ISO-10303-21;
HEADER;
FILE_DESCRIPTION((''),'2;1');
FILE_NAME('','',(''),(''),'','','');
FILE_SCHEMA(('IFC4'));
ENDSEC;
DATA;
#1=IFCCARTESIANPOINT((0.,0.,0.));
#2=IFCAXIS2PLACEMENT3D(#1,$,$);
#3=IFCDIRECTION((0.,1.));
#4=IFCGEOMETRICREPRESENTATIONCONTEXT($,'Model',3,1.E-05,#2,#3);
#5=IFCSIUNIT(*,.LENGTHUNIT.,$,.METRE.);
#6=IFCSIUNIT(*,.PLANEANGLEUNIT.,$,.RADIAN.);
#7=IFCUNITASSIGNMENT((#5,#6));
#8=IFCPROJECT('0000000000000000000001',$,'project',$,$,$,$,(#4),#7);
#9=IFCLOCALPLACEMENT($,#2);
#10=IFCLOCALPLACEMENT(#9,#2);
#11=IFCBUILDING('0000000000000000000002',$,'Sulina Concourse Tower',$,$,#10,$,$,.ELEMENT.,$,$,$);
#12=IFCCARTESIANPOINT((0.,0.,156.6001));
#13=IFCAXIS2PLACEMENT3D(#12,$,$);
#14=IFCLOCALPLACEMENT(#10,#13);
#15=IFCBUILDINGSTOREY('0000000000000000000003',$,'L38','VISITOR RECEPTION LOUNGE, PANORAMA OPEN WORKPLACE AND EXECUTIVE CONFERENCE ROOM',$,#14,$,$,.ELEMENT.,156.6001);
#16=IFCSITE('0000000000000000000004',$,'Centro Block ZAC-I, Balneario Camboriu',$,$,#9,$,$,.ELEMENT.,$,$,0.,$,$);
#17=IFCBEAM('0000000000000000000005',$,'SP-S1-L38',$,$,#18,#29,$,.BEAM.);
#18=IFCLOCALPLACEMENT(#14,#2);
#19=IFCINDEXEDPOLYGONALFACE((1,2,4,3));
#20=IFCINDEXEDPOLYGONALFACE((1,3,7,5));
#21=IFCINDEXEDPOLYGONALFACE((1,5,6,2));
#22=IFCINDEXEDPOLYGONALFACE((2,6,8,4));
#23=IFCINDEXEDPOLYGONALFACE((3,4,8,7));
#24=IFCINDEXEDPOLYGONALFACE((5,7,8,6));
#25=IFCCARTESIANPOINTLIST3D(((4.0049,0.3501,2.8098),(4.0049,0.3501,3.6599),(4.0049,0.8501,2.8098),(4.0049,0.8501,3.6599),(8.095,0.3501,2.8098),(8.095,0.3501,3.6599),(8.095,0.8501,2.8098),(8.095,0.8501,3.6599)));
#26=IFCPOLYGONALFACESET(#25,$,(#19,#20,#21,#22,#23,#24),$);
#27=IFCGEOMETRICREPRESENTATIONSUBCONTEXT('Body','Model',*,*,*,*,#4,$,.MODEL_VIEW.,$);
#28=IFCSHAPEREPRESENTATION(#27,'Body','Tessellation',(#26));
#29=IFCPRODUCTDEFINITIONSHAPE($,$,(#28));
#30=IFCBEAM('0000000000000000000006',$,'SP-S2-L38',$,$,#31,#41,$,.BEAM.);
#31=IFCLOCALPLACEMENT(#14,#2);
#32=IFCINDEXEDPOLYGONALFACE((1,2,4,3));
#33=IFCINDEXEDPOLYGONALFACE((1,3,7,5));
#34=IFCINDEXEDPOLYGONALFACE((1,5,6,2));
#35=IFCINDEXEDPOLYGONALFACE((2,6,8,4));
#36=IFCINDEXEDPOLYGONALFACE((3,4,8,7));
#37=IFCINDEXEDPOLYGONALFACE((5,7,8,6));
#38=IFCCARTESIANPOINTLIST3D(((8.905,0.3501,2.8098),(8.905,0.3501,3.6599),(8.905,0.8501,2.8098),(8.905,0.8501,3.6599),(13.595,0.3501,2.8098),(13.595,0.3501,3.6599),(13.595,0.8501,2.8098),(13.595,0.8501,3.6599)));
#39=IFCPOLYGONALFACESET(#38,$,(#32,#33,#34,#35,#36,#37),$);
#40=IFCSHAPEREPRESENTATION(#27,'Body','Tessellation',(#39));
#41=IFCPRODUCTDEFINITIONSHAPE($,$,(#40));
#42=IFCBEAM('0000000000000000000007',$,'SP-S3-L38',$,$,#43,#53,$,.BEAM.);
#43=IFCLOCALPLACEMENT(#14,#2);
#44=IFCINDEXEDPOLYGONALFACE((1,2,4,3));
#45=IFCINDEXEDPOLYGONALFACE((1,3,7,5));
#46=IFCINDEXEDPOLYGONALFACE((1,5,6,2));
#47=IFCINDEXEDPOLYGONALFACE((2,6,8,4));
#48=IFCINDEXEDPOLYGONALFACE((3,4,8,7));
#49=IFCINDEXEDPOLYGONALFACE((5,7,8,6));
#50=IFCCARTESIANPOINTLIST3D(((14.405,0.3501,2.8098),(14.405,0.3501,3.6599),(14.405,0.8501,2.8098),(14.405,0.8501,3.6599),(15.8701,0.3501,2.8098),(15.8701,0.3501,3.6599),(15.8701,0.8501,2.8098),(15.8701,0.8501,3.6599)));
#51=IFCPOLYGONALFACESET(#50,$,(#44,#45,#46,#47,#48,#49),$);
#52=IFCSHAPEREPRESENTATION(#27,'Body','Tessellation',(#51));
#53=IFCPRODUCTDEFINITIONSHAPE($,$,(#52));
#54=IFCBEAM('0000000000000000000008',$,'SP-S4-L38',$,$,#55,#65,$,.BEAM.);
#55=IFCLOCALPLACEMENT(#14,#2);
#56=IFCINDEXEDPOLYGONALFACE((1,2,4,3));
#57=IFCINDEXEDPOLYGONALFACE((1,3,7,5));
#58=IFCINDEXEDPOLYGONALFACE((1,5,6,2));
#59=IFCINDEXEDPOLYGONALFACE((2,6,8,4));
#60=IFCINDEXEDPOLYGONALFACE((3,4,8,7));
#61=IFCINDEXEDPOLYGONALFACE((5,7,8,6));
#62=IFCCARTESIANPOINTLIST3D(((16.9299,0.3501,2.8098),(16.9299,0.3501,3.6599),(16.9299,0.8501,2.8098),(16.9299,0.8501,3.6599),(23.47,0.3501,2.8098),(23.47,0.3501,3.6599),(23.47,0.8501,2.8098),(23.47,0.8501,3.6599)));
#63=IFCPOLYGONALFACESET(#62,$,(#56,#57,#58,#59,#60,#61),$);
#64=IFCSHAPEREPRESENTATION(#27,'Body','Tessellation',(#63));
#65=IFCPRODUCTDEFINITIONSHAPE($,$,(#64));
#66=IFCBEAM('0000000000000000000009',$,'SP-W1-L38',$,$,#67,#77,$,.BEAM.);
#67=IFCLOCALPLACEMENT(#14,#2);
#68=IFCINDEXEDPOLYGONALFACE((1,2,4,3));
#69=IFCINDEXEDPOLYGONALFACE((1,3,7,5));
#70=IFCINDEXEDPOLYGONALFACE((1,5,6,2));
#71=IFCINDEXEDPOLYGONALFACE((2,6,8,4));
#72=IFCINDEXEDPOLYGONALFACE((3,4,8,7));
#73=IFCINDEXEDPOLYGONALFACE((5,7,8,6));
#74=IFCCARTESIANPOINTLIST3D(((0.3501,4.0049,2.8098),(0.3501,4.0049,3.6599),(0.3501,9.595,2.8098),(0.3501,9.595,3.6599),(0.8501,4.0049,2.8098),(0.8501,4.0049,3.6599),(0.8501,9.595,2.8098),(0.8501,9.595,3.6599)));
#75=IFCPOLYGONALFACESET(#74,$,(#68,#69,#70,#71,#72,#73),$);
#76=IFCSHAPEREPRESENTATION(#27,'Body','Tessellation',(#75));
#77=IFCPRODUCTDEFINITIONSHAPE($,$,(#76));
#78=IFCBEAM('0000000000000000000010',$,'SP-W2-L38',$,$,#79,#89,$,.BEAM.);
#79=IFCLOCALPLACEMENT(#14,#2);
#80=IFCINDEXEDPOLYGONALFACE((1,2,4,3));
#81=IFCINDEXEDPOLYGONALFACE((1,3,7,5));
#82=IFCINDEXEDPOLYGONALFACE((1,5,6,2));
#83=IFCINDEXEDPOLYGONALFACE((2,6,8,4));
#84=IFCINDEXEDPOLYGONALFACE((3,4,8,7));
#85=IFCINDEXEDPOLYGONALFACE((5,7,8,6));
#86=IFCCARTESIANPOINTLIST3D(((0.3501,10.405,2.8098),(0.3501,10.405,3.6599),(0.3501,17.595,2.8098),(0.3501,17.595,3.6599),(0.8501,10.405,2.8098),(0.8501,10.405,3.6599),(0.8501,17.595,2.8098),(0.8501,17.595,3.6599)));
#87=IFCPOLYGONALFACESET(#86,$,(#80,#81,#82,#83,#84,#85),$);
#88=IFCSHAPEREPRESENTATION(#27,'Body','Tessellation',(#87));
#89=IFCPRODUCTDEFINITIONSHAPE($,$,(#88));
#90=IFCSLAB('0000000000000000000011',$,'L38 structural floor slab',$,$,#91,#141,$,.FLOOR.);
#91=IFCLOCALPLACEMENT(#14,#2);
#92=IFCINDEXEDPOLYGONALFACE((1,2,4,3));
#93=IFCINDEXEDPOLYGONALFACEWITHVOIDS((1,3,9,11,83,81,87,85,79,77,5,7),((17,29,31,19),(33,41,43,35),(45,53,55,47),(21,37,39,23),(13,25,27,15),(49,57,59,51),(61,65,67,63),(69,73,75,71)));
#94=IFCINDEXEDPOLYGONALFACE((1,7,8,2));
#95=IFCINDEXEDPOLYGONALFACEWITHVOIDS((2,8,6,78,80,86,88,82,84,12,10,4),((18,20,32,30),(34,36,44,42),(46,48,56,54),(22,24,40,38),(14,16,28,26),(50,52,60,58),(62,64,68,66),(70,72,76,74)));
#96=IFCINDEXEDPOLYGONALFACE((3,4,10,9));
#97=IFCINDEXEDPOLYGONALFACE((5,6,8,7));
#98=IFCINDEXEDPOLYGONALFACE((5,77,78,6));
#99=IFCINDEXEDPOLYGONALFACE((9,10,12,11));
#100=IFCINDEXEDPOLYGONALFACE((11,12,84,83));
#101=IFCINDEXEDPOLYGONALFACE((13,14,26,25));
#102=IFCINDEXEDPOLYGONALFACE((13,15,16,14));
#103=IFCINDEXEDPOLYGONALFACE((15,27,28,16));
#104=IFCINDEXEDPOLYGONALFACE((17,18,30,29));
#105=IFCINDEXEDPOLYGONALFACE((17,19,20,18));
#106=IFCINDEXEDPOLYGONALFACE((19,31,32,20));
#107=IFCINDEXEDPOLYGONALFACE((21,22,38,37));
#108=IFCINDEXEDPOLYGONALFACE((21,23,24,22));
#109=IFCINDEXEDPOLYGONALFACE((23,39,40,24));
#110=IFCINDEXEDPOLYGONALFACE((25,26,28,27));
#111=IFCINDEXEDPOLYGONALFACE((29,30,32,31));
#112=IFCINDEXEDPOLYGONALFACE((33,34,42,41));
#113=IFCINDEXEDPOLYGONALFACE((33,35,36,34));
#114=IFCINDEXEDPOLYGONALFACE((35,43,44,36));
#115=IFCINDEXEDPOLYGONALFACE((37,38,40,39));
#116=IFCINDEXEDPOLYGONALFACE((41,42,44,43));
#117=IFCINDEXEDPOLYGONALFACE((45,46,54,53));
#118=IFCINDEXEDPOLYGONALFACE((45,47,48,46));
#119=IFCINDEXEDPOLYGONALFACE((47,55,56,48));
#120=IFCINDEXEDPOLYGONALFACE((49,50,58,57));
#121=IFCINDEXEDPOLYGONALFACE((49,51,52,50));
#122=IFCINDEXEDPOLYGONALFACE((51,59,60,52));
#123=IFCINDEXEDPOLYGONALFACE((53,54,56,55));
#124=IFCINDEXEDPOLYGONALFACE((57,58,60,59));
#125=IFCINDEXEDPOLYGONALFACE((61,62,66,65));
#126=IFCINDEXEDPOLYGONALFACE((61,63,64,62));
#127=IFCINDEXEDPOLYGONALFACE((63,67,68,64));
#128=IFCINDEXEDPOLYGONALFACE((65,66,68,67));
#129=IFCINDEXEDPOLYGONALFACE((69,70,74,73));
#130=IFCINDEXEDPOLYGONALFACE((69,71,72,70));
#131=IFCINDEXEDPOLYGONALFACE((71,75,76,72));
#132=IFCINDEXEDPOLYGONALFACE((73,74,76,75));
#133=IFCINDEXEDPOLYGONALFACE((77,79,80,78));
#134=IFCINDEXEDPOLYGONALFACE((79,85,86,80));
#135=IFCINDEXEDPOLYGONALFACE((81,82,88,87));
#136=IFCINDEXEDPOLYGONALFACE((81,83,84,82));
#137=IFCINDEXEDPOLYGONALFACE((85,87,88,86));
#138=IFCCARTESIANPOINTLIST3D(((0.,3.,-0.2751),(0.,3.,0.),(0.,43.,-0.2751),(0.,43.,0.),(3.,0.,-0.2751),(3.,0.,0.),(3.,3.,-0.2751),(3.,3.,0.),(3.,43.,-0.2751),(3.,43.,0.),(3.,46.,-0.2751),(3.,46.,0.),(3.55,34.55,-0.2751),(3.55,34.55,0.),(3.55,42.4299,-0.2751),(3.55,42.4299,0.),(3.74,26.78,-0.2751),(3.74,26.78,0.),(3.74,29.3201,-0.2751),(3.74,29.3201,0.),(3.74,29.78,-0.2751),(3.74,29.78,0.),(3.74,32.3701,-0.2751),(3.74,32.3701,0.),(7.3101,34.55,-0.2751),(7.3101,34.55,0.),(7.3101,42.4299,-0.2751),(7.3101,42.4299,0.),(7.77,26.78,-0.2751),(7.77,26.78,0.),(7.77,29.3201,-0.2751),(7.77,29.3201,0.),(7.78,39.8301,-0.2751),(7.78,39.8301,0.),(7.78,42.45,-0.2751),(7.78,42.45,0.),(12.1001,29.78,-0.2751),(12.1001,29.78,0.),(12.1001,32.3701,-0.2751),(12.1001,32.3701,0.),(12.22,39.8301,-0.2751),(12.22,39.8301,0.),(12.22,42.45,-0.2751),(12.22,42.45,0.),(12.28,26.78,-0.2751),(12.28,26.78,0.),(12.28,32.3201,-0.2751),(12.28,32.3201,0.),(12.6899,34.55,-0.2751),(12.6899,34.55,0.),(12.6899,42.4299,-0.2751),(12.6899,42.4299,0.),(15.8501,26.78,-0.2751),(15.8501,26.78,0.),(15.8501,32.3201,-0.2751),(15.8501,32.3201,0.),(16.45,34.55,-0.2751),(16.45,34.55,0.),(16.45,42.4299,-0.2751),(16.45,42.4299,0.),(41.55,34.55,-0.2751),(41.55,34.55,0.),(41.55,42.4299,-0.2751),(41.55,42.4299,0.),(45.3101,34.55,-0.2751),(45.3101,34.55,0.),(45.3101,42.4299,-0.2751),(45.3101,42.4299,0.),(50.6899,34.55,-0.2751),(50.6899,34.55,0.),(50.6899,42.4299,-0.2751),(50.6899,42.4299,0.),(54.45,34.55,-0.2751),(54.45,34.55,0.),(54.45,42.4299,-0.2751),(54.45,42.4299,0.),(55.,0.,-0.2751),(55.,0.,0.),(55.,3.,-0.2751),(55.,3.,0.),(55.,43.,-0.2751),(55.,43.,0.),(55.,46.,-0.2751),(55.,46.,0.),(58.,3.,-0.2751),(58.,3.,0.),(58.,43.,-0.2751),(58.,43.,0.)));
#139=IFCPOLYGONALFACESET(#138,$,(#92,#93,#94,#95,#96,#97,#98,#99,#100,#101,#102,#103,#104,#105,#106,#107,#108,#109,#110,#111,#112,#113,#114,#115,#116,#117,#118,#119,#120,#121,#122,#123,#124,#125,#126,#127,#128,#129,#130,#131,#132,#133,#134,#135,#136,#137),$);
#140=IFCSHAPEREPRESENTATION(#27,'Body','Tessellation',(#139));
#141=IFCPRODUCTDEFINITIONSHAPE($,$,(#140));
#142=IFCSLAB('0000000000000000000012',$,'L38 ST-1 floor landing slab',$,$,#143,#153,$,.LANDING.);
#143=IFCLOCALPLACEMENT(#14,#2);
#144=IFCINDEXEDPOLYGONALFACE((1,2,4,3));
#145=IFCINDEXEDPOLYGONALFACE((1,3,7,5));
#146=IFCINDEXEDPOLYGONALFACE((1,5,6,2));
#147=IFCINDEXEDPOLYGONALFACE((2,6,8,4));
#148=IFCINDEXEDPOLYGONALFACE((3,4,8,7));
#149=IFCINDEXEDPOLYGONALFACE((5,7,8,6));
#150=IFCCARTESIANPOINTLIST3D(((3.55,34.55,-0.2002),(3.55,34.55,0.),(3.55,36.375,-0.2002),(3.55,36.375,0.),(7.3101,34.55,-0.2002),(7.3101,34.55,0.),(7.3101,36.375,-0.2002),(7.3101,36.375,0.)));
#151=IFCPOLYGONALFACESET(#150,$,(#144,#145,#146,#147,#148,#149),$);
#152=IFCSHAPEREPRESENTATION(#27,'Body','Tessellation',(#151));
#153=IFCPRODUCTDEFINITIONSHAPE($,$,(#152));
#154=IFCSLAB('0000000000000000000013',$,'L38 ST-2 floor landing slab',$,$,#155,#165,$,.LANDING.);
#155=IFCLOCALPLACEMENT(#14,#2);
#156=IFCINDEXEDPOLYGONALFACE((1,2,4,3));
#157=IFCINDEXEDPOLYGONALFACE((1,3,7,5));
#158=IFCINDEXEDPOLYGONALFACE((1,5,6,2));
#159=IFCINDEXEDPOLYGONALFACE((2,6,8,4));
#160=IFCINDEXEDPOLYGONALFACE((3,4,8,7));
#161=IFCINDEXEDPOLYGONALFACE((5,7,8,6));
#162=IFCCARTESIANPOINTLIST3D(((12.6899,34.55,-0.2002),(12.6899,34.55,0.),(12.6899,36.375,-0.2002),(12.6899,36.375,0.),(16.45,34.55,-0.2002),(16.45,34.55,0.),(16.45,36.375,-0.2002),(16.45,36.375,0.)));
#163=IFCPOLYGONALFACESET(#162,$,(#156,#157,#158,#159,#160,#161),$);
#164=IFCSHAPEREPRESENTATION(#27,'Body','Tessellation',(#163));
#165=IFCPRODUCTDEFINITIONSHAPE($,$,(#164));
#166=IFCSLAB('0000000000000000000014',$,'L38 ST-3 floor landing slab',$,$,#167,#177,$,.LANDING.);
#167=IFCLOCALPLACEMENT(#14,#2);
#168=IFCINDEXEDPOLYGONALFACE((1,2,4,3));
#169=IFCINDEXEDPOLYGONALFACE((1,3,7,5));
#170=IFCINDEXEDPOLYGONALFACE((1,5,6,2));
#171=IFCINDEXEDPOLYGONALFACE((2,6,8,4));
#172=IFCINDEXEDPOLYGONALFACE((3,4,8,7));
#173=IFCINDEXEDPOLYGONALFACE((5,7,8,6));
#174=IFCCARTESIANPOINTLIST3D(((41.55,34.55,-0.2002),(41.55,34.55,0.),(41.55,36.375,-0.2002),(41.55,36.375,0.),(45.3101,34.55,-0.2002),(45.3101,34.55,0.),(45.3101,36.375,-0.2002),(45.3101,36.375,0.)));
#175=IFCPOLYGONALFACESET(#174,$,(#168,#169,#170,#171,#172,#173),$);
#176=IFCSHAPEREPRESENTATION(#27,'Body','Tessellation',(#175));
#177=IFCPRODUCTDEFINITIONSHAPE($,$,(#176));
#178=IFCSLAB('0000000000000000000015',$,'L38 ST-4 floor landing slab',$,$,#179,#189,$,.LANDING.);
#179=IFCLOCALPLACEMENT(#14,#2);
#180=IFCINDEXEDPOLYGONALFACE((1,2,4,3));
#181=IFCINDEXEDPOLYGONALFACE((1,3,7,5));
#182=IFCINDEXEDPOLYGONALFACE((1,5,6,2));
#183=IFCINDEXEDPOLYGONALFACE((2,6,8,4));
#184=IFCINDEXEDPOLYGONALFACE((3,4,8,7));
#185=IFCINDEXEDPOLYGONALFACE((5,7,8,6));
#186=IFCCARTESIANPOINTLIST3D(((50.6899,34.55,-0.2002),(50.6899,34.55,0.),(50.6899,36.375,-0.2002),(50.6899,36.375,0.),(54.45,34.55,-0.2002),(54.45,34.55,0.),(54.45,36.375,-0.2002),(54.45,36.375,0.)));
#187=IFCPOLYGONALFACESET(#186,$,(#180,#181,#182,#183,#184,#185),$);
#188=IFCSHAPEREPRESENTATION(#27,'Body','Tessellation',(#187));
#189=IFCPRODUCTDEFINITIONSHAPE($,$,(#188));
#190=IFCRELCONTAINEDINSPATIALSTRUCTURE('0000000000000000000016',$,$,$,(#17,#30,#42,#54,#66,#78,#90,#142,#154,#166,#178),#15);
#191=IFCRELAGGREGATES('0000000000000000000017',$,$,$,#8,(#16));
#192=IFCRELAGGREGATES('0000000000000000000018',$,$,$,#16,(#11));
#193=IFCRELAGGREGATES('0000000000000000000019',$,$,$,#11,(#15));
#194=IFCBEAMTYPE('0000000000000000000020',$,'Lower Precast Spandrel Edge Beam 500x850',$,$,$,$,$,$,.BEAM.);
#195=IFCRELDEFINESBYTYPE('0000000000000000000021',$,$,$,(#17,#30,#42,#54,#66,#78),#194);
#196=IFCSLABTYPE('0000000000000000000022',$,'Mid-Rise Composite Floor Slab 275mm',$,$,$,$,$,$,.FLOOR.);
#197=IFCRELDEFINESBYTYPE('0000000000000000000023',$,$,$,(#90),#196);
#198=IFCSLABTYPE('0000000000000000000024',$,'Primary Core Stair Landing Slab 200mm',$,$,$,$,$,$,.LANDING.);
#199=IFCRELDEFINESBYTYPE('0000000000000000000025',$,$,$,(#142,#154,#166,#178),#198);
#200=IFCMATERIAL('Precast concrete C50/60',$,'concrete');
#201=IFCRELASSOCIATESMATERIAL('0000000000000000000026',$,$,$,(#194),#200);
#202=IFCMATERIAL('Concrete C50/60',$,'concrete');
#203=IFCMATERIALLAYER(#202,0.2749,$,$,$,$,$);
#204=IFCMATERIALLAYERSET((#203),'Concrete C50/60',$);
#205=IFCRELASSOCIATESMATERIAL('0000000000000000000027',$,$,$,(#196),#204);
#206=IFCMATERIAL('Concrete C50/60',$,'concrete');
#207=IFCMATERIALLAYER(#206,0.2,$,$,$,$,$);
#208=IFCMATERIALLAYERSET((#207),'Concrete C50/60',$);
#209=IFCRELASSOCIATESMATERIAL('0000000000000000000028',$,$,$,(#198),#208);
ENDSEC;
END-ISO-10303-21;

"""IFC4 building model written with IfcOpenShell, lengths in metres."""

from ifc_helpers import new_model, si_unit, direction, frame, origin, origin_2d, place, context, subcontext, project, spatial, polyline, rectangle, outline, extrude, material, layer, layer_set, material_profile, profile_set, type_object, element, save


model = new_model("IFC4")

# Units and contexts
model_context = context("Model", 3, precision=1e-05, world=origin(), true_north=direction((0.0, 1.0)))
body_context = subcontext(model_context, "Body", "Model", "MODEL_VIEW")
ifc_project = project(units=[si_unit("LENGTHUNIT", "METRE"), si_unit("PLANEANGLEUNIT", "RADIAN")], contexts=[model_context])

# Site, building, storey
site_placement = place(None, origin())
site = spatial("IfcSite", under=ifc_project, at=site_placement, Name="Centro Block ZAC-I, Balneario Camboriu", CompositionType="ELEMENT", RefElevation=0.0)
building_placement = place(site_placement, origin())
building = spatial("IfcBuilding", under=site, at=building_placement, Name="Sulina Concourse Tower", CompositionType="ELEMENT")
storey_placement = place(building_placement, frame((0.0, 0.0, 156.6001)))
storey = spatial("IfcBuildingStorey", under=building, at=storey_placement, Name="L38", Description="VISITOR RECEPTION LOUNGE, PANORAMA OPEN WORKPLACE AND EXECUTIVE CONFERENCE ROOM", CompositionType="ELEMENT", Elevation=156.6001)

# Beams
ifc_material_1 = material(Name="Precast concrete C50/60", Category="concrete")
ifc_material_profile_1 = material_profile(ifc_material_1, rectangle(XDim=0.5, YDim=0.8501, at=origin_2d()), Name="RC 500x850")
ifc_profile_set_1 = profile_set([ifc_material_profile_1], Name="Precast concrete C50/60")
beam_type_1 = type_object("IfcBeamType", Name="Lower Precast Spandrel Edge Beam 500x850", PredefinedType="BEAM", material=ifc_profile_set_1)
beam_1_placement = place(storey_placement, frame((4.0049, 0.6001, 3.2349), z_axis=(1.0, 0.0, 0.0), x_axis=(0.0, 1.0, 0.0)))
element("IfcBeam", 1, at=beam_1_placement, inside=storey, type_object=beam_type_1, Name="SP-S1-L38", PredefinedType="BEAM", context=body_context, shape_type="SweptSolid", body=[
    extrude(rectangle(XDim=0.5, YDim=0.8501, at=origin_2d()), origin(), (0.0, 0.0, 1.0), 4.0901),
])
beam_2_placement = place(storey_placement, frame((8.905, 0.6001, 3.2349), z_axis=(1.0, 0.0, 0.0), x_axis=(0.0, 1.0, 0.0)))
element("IfcBeam", 2, at=beam_2_placement, inside=storey, type_object=beam_type_1, Name="SP-S2-L38", PredefinedType="BEAM", context=body_context, shape_type="SweptSolid", body=[
    extrude(rectangle(XDim=0.5, YDim=0.8501, at=origin_2d()), origin(), (0.0, 0.0, 1.0), 4.6899),
])
beam_3_placement = place(storey_placement, frame((14.405, 0.6001, 3.2349), z_axis=(1.0, 0.0, 0.0), x_axis=(0.0, 1.0, 0.0)))
element("IfcBeam", 3, at=beam_3_placement, inside=storey, type_object=beam_type_1, Name="SP-S3-L38", PredefinedType="BEAM", context=body_context, shape_type="SweptSolid", body=[
    extrude(rectangle(XDim=0.5, YDim=0.8501, at=origin_2d()), origin(), (0.0, 0.0, 1.0), 1.4651),
])
beam_4_placement = place(storey_placement, frame((16.9299, 0.6001, 3.2349), z_axis=(1.0, 0.0, 0.0), x_axis=(0.0, 1.0, 0.0)))
element("IfcBeam", 4, at=beam_4_placement, inside=storey, type_object=beam_type_1, Name="SP-S4-L38", PredefinedType="BEAM", context=body_context, shape_type="SweptSolid", body=[
    extrude(rectangle(XDim=0.5, YDim=0.8501, at=origin_2d()), origin(), (0.0, 0.0, 1.0), 6.54),
])
beam_5_placement = place(storey_placement, frame((0.6001, 4.0049, 3.2349), z_axis=(0.0, 1.0, 0.0), x_axis=(-1.0, 0.0, 0.0)))
element("IfcBeam", 5, at=beam_5_placement, inside=storey, type_object=beam_type_1, Name="SP-W1-L38", PredefinedType="BEAM", context=body_context, shape_type="SweptSolid", body=[
    extrude(rectangle(XDim=0.5, YDim=0.8501, at=origin_2d()), origin(), (0.0, 0.0, 1.0), 5.5901),
])
beam_6_placement = place(storey_placement, frame((0.6001, 10.405, 3.2349), z_axis=(0.0, 1.0, 0.0), x_axis=(-1.0, 0.0, 0.0)))
element("IfcBeam", 6, at=beam_6_placement, inside=storey, type_object=beam_type_1, Name="SP-W2-L38", PredefinedType="BEAM", context=body_context, shape_type="SweptSolid", body=[
    extrude(rectangle(XDim=0.5, YDim=0.8501, at=origin_2d()), origin(), (0.0, 0.0, 1.0), 7.1899),
])

# Slabs
ifc_material_2 = material(Name="Concrete C50/60", Category="concrete")
ifc_layer_1 = layer(ifc_material_2, 0.2749)
ifc_layer_set_1 = layer_set([ifc_layer_1], Name="Concrete C50/60")
slab_type_1 = type_object("IfcSlabType", Name="Mid-Rise Composite Floor Slab 275mm", PredefinedType="FLOOR", material=ifc_layer_set_1)
slab_1_placement = place(storey_placement, frame((0.0, 0.0, -0.2751)))
element("IfcSlab", 7, at=slab_1_placement, inside=storey, type_object=slab_type_1, Name="L38 structural floor slab", PredefinedType="FLOOR", context=body_context, shape_type="SweptSolid", body=[
    extrude(outline(polyline([(3.0, 0.0), (55.0, 0.0), (55.0, 3.0), (58.0, 3.0), (58.0, 43.0), (55.0, 43.0), (55.0, 46.0), (3.0, 46.0), (3.0, 43.0), (0.0, 43.0), (0.0, 3.0), (3.0, 3.0), (3.0, 0.0)]), holes=[polyline([(7.3101, 34.55), (7.3101, 42.4299), (3.55, 42.4299), (3.55, 34.55), (7.3101, 34.55)]), polyline([(16.45, 34.55), (16.45, 42.4299), (12.6899, 42.4299), (12.6899, 34.55), (16.45, 34.55)]), polyline([(45.3101, 34.55), (45.3101, 42.4299), (41.55, 42.4299), (41.55, 34.55), (45.3101, 34.55)]), polyline([(54.45, 34.55), (54.45, 42.4299), (50.6899, 42.4299), (50.6899, 34.55), (54.45, 34.55)]), polyline([(7.78, 39.8301), (12.22, 39.8301), (12.22, 42.45), (7.78, 42.45), (7.78, 39.8301)]), polyline([(3.74, 26.78), (7.77, 26.78), (7.77, 29.3201), (3.74, 29.3201), (3.74, 26.78)]), polyline([(3.74, 29.78), (12.1001, 29.78), (12.1001, 32.3701), (3.74, 32.3701), (3.74, 29.78)]), polyline([(12.28, 26.78), (15.8501, 26.78), (15.8501, 32.3201), (12.28, 32.3201), (12.28, 26.78)])]), origin(), (0.0, 0.0, 1.0), 0.2751),
])
ifc_material_3 = material(Name="Concrete C50/60", Category="concrete")
ifc_layer_2 = layer(ifc_material_3, 0.2)
ifc_layer_set_2 = layer_set([ifc_layer_2], Name="Concrete C50/60")
slab_type_2 = type_object("IfcSlabType", Name="Primary Core Stair Landing Slab 200mm", PredefinedType="LANDING", material=ifc_layer_set_2)
slab_2_placement = place(storey_placement, frame((0.0, 0.0, -0.2002)))
element("IfcSlab", 8, at=slab_2_placement, inside=storey, type_object=slab_type_2, Name="L38 ST-1 floor landing slab", PredefinedType="LANDING", context=body_context, shape_type="SweptSolid", body=[
    extrude(outline(polyline([(7.3101, 34.55), (7.3101, 36.375), (3.55, 36.375), (3.55, 34.55), (7.3101, 34.55)])), origin(), (0.0, 0.0, 1.0), 0.2002),
])
slab_3_placement = place(storey_placement, frame((0.0, 0.0, -0.2002)))
element("IfcSlab", 9, at=slab_3_placement, inside=storey, type_object=slab_type_2, Name="L38 ST-2 floor landing slab", PredefinedType="LANDING", context=body_context, shape_type="SweptSolid", body=[
    extrude(outline(polyline([(16.45, 34.55), (16.45, 36.375), (12.6899, 36.375), (12.6899, 34.55), (16.45, 34.55)])), origin(), (0.0, 0.0, 1.0), 0.2002),
])
slab_4_placement = place(storey_placement, frame((0.0, 0.0, -0.2002)))
element("IfcSlab", 10, at=slab_4_placement, inside=storey, type_object=slab_type_2, Name="L38 ST-3 floor landing slab", PredefinedType="LANDING", context=body_context, shape_type="SweptSolid", body=[
    extrude(outline(polyline([(45.3101, 34.55), (45.3101, 36.375), (41.55, 36.375), (41.55, 34.55), (45.3101, 34.55)])), origin(), (0.0, 0.0, 1.0), 0.2002),
])
slab_5_placement = place(storey_placement, frame((0.0, 0.0, -0.2002)))
element("IfcSlab", 11, at=slab_5_placement, inside=storey, type_object=slab_type_2, Name="L38 ST-4 floor landing slab", PredefinedType="LANDING", context=body_context, shape_type="SweptSolid", body=[
    extrude(outline(polyline([(54.45, 34.55), (54.45, 36.375), (50.6899, 36.375), (50.6899, 34.55), (54.45, 34.55)])), origin(), (0.0, 0.0, 1.0), 0.2002),
])

save(model, "model.ifc")
